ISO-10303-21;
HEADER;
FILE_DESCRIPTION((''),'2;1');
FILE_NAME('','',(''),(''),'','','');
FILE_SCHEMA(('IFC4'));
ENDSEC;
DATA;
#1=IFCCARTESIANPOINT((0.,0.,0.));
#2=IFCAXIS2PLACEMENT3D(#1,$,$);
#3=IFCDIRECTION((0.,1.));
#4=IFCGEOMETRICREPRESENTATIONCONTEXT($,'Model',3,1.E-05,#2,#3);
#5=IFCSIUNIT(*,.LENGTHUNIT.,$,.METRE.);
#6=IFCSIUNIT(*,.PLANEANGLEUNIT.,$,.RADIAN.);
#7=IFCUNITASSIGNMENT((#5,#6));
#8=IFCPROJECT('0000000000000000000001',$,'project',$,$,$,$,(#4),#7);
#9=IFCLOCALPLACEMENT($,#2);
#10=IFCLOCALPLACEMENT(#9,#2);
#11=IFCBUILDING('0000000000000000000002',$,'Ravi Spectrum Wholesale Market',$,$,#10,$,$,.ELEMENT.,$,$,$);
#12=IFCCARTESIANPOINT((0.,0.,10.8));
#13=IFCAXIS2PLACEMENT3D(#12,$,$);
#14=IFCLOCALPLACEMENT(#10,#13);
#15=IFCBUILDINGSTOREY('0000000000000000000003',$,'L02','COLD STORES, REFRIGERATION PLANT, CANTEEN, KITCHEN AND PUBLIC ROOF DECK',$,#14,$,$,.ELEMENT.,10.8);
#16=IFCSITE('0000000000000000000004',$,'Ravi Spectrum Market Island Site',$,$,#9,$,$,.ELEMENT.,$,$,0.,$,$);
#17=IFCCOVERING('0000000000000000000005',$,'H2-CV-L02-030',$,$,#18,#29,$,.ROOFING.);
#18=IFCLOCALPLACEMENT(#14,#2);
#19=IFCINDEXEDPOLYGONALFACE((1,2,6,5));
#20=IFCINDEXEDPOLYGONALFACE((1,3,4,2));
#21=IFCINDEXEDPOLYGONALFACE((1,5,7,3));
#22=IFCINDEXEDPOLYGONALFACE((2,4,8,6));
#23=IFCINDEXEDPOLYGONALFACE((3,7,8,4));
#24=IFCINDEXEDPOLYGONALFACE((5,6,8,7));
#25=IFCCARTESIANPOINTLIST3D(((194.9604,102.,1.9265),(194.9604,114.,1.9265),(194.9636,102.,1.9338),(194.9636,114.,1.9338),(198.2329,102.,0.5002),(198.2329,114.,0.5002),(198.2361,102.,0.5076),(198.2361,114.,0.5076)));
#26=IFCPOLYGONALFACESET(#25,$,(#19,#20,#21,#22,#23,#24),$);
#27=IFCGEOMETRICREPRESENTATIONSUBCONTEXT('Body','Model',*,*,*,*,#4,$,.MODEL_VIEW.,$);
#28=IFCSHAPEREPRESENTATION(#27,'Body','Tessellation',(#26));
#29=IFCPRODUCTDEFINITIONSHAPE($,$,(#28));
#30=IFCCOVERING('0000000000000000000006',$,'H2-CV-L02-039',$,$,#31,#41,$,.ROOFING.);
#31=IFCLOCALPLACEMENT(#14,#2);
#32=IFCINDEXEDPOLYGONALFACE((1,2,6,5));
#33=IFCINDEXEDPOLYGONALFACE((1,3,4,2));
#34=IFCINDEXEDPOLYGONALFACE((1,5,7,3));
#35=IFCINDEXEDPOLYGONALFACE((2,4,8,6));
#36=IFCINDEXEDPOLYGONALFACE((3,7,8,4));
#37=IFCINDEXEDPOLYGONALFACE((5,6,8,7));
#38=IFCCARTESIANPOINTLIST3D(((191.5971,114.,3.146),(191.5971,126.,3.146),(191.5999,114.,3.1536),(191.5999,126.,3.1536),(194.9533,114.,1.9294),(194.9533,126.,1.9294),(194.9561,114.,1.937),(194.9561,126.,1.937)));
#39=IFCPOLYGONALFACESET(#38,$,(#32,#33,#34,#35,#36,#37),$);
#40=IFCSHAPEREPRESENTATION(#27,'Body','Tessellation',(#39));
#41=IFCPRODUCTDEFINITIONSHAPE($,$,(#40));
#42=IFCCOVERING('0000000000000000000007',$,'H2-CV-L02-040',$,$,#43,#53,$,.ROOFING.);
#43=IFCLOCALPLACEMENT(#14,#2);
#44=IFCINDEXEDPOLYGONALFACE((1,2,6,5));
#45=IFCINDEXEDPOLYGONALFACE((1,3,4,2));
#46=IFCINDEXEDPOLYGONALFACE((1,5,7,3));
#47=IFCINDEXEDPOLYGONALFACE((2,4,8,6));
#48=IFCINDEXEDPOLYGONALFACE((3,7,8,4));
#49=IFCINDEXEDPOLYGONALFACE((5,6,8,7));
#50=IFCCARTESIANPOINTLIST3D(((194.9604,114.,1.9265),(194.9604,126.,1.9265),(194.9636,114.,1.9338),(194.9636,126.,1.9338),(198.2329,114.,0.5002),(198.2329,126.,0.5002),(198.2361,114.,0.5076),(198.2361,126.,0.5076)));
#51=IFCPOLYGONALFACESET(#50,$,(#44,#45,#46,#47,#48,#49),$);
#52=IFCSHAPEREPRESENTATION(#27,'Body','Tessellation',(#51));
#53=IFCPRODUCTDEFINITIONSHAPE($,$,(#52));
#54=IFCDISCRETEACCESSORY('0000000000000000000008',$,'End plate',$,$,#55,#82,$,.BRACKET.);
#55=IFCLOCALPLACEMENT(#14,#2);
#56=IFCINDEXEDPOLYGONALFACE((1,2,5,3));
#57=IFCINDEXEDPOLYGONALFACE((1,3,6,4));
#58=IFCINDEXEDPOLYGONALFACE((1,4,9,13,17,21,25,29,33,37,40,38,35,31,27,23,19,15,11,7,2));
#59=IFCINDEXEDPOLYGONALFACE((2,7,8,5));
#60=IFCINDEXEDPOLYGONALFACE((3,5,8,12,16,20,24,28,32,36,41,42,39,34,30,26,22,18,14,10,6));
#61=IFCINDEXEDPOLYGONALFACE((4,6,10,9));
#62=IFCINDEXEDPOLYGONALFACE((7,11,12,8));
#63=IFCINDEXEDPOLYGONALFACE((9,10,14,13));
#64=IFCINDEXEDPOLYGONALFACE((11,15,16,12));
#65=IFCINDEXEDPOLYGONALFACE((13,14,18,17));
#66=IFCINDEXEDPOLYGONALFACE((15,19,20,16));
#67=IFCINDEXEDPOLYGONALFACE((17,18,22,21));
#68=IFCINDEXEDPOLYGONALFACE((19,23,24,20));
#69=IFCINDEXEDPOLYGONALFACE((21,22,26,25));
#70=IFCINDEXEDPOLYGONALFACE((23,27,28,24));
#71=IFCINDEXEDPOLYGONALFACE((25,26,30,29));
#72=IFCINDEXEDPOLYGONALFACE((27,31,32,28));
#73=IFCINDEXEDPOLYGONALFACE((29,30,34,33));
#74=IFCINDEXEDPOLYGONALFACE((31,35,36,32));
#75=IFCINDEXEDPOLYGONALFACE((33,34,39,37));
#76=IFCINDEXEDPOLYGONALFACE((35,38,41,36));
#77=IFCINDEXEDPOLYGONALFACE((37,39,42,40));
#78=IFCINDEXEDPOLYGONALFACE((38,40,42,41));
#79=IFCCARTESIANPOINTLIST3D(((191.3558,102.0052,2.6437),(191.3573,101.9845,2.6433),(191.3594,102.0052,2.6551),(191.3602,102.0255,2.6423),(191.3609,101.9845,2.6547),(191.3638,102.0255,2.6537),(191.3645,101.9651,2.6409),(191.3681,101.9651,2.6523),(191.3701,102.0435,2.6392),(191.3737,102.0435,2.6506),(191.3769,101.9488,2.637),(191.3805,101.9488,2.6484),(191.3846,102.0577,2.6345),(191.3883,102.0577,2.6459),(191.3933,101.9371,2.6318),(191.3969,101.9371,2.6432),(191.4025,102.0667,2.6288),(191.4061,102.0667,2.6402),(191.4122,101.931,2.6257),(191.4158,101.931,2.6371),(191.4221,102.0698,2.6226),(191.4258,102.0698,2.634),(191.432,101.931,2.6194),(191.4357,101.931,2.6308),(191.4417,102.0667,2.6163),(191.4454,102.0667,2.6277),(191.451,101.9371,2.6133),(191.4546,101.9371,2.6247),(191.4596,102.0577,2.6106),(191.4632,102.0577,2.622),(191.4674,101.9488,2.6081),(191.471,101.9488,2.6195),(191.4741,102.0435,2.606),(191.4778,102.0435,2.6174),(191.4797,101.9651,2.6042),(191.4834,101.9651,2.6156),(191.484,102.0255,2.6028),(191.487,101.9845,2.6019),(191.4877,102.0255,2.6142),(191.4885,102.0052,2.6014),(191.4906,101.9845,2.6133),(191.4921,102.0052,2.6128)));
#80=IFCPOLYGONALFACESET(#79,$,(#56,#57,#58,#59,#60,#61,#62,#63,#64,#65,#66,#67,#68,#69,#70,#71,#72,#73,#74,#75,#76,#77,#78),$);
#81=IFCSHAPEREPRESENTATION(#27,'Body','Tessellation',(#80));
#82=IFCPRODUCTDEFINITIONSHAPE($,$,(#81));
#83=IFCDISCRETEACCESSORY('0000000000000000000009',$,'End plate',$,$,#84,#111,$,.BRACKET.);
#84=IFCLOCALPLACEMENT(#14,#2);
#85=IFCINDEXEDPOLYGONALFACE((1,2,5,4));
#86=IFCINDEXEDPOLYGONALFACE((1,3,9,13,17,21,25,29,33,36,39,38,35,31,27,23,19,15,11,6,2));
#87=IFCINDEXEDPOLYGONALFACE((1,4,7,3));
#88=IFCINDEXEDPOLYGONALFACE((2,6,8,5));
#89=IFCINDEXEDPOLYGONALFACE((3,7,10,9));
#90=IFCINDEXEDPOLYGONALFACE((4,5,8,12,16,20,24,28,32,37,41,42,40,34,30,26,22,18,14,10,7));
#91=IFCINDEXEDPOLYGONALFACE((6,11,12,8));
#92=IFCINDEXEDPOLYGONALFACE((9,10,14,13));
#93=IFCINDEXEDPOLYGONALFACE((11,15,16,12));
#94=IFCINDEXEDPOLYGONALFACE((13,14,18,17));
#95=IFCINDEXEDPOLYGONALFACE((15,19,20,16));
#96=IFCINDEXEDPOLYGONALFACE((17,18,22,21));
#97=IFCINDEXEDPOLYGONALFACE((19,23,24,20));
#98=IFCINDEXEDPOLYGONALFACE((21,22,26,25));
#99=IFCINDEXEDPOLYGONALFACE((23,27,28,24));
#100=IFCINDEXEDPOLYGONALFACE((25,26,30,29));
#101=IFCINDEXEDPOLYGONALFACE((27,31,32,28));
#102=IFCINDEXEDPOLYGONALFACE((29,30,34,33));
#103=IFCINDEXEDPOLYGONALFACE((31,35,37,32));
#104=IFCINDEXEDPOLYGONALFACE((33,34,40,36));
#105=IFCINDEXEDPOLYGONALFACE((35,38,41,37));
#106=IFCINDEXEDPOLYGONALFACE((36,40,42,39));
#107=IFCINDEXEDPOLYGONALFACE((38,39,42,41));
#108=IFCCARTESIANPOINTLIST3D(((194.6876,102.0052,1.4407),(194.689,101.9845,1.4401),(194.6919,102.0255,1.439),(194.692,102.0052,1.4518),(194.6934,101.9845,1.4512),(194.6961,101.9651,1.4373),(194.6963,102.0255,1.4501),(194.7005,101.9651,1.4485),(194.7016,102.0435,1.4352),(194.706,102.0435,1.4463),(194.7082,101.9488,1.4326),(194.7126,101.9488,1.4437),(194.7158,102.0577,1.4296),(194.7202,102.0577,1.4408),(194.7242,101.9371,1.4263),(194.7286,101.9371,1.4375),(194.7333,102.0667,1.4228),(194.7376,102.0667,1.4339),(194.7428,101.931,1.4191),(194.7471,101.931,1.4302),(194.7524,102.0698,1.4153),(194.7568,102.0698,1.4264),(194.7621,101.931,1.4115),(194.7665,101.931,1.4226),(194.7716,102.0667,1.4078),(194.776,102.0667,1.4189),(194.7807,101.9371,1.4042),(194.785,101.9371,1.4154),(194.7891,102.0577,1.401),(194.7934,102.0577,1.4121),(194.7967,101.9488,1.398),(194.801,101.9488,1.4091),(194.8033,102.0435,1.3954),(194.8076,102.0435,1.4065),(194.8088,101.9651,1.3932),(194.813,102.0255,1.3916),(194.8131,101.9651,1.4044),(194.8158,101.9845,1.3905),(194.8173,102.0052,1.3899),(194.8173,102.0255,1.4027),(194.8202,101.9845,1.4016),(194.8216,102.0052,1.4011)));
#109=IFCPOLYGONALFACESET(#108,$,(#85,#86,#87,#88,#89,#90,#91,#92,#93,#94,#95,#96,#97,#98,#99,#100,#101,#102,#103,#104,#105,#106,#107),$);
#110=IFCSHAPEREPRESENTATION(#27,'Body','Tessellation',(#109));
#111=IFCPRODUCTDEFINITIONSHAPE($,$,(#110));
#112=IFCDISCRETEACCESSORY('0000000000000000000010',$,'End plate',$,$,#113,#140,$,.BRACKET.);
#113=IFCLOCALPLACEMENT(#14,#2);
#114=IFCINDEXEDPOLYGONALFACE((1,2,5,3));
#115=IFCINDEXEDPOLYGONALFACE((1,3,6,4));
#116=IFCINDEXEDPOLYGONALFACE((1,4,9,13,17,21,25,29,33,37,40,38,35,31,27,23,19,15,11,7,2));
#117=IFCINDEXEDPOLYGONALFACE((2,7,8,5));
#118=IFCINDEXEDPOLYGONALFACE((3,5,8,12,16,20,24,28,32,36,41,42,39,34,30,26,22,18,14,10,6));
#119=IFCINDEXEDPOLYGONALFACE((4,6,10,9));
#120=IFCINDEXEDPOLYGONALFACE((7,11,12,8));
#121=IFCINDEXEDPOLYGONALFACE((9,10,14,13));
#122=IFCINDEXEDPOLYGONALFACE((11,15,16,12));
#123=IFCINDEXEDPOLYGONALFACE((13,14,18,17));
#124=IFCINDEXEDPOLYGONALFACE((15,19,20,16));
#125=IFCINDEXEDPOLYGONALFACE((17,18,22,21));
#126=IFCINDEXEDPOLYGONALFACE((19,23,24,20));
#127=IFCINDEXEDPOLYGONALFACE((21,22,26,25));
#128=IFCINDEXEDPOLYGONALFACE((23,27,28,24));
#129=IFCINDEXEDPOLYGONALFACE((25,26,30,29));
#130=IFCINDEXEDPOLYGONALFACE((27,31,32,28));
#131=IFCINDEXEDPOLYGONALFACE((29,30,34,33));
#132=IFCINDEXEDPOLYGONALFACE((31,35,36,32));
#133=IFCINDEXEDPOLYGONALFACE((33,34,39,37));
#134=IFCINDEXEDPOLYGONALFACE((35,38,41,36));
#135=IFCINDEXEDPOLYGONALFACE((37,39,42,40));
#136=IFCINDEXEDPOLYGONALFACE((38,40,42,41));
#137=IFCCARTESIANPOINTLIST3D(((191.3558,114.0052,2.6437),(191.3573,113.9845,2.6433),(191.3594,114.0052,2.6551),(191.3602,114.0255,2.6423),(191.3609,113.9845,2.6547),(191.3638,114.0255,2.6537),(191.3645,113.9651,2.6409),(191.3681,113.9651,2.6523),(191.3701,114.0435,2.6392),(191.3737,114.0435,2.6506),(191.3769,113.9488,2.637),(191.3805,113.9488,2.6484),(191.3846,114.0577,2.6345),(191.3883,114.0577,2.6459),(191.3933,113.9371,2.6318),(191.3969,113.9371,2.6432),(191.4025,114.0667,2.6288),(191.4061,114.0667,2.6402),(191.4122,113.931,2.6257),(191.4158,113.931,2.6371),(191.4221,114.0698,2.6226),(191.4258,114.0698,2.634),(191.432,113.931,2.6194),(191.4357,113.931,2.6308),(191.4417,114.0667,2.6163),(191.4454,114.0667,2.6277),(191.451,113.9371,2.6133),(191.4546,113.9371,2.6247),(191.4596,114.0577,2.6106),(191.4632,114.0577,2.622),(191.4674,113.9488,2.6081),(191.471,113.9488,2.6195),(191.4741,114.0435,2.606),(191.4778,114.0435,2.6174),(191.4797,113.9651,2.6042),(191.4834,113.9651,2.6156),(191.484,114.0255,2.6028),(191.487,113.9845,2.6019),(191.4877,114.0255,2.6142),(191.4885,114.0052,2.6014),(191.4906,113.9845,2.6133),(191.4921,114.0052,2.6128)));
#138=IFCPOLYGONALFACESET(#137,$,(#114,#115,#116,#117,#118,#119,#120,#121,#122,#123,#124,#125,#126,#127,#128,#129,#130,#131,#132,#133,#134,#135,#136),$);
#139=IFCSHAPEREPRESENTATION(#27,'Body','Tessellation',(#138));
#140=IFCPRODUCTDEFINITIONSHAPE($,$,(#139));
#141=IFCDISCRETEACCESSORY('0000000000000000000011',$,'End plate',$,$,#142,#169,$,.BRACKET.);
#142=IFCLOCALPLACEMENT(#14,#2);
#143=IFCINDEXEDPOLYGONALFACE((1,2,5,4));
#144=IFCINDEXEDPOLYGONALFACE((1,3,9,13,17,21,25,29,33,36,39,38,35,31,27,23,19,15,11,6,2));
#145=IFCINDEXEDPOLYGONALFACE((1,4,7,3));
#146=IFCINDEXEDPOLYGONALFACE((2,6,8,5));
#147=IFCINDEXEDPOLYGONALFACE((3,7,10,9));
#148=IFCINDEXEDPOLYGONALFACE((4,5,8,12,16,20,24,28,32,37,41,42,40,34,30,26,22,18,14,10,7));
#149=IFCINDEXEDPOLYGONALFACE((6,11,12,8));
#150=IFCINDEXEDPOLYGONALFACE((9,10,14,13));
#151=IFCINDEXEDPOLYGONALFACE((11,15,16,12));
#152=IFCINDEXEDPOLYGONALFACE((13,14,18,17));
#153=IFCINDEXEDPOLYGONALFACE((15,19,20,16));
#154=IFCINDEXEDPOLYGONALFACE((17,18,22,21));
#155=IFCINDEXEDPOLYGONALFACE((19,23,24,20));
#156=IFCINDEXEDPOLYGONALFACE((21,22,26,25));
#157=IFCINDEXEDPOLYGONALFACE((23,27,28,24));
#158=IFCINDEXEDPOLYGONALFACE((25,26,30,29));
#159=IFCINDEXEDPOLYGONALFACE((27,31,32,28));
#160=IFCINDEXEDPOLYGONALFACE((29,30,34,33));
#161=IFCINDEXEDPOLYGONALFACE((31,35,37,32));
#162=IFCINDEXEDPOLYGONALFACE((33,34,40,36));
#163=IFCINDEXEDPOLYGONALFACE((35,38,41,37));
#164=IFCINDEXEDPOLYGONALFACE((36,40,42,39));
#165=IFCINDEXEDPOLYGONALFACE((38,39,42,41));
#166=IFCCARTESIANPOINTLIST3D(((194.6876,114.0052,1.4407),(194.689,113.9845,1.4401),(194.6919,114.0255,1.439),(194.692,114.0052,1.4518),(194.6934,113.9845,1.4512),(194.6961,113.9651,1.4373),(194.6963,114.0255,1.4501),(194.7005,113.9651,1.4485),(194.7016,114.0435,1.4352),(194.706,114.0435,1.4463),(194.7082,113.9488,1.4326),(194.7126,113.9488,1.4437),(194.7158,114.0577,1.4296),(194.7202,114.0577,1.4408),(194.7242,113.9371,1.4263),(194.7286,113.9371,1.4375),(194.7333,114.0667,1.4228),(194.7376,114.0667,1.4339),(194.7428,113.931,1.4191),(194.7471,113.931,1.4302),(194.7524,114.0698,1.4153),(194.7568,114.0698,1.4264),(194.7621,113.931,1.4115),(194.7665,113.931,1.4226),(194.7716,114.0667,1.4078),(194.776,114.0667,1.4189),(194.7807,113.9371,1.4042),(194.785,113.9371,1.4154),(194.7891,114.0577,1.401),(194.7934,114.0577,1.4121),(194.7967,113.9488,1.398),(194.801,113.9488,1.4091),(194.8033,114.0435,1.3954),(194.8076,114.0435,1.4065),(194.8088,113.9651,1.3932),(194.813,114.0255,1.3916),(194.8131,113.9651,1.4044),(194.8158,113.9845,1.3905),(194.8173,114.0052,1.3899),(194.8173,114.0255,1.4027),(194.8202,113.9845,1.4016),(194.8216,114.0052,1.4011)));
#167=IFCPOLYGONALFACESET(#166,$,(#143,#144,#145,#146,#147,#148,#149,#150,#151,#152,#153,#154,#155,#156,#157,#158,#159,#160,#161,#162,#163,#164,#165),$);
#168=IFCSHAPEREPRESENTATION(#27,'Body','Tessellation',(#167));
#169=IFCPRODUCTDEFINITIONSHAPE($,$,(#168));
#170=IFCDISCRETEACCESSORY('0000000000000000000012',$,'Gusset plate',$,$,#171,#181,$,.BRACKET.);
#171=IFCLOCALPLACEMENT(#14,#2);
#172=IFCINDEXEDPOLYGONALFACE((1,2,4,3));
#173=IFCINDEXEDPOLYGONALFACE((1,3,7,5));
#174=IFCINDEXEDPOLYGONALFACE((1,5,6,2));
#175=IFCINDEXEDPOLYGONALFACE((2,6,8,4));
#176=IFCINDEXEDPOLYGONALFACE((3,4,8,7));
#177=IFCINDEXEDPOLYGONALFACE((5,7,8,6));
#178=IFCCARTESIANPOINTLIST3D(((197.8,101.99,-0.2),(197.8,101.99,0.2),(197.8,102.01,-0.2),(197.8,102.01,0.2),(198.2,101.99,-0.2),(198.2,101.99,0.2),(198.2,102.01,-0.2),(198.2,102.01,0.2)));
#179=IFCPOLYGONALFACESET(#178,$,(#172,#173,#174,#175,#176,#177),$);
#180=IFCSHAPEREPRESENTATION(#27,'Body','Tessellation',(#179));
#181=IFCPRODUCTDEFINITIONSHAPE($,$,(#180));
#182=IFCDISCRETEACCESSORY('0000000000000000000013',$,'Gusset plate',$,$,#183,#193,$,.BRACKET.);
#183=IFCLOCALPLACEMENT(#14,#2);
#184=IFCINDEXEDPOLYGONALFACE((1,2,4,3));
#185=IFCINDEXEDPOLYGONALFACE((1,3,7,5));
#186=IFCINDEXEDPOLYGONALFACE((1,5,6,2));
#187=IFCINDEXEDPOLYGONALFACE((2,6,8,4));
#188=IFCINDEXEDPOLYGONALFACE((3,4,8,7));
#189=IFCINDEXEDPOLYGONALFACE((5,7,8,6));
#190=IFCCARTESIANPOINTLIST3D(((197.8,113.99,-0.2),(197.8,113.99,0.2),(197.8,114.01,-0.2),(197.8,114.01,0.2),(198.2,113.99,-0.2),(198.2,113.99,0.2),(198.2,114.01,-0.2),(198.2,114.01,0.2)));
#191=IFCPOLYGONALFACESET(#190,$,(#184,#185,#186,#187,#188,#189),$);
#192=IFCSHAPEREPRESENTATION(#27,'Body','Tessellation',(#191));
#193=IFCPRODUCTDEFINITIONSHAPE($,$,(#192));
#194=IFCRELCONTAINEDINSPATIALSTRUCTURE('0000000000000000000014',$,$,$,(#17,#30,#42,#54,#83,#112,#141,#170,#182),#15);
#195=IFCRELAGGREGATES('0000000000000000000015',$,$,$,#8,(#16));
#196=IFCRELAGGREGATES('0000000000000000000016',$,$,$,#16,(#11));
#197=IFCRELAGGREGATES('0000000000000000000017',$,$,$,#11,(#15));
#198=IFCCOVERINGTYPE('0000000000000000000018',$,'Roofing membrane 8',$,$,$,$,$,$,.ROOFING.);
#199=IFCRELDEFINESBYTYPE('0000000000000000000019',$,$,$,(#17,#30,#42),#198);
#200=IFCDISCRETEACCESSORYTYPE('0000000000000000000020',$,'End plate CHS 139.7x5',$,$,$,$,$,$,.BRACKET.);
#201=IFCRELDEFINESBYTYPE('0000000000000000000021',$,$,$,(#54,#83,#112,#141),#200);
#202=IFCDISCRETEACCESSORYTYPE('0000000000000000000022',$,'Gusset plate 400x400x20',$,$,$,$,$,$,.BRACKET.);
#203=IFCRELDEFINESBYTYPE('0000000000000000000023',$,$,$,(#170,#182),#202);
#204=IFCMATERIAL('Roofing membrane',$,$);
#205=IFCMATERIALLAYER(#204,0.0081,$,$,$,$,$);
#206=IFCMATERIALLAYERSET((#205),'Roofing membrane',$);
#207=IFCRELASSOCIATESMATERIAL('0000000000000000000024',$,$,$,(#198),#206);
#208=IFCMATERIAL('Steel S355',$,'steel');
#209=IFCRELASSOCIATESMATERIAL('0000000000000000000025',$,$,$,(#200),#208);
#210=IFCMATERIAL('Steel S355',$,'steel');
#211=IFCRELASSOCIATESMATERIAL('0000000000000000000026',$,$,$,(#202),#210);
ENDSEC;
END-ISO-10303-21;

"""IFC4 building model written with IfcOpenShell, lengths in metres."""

from ifc_helpers import new_model, si_unit, direction, frame, origin, origin_2d, place, context, subcontext, project, spatial, polyline, rectangle, circle, outline, extrude, material, layer, layer_set, material_profile, profile_set, type_object, element, save


model = new_model("IFC4")

# Units and contexts
model_context = context("Model", 3, precision=1e-05, world=origin(), true_north=direction((0.0, 1.0)))
body_context = subcontext(model_context, "Body", "Model", "MODEL_VIEW")
ifc_project = project(units=[si_unit("LENGTHUNIT", "METRE"), si_unit("PLANEANGLEUNIT", "RADIAN")], contexts=[model_context])

# Site, building, storey
site_placement = place(None, origin())
site = spatial("IfcSite", under=ifc_project, at=site_placement, Name="Ravi Spectrum Market Island Site", CompositionType="ELEMENT", RefElevation=0.0)
building_placement = place(site_placement, origin())
building = spatial("IfcBuilding", under=site, at=building_placement, Name="Ravi Spectrum Wholesale Market", CompositionType="ELEMENT")
storey_placement = place(building_placement, frame((0.0, 0.0, 10.8)))
storey = spatial("IfcBuildingStorey", under=building, at=storey_placement, Name="L02", Description="COLD STORES, REFRIGERATION PLANT, CANTEEN, KITCHEN AND PUBLIC ROOF DECK", CompositionType="ELEMENT", Elevation=10.8)

# Coverings
ifc_material_1 = material(Name="Roofing membrane")
ifc_layer_1 = layer(ifc_material_1, 0.0081)
ifc_layer_set_1 = layer_set([ifc_layer_1], Name="Roofing membrane")
covering_type = type_object("IfcCoveringType", Name="Roofing membrane 8", PredefinedType="ROOFING", material=ifc_layer_set_1)
covering_1_placement = place(storey_placement, frame((194.9636, 102.0, 1.9338), z_axis=(0.399541, 0.0, 0.916715), x_axis=(0.916715, 0.0, -0.399541)))
element("IfcCovering", 1, at=covering_1_placement, inside=storey, type_object=covering_type, Name="H2-CV-L02-030", PredefinedType="ROOFING", context=body_context, shape_type="SweptSolid", body=[
    extrude(outline(polyline([(0.0, 0.0), (3.5698, 0.0), (3.5698, 12.0), (0.0, 12.0), (0.0, 0.0)])), origin(), (0.0, 0.0, -1.0), 0.0081),
])
covering_2_placement = place(storey_placement, frame((191.5999, 114.0, 3.1536), z_axis=(0.340782, 0.0, 0.940142), x_axis=(0.940142, 0.0, -0.340782)))
element("IfcCovering", 2, at=covering_2_placement, inside=storey, type_object=covering_type, Name="H2-CV-L02-039", PredefinedType="ROOFING", context=body_context, shape_type="SweptSolid", body=[
    extrude(outline(polyline([(0.0, 0.0), (3.5699, 0.0), (3.5699, 12.0), (0.0, 12.0), (0.0, 0.0)])), origin(), (0.0, 0.0, -1.0), 0.0081),
])
covering_3_placement = place(storey_placement, frame((194.9636, 114.0, 1.9338), z_axis=(0.399541, 0.0, 0.916715), x_axis=(0.916715, 0.0, -0.399541)))
element("IfcCovering", 3, at=covering_3_placement, inside=storey, type_object=covering_type, Name="H2-CV-L02-040", PredefinedType="ROOFING", context=body_context, shape_type="SweptSolid", body=[
    extrude(outline(polyline([(0.0, 0.0), (3.5698, 0.0), (3.5698, 12.0), (0.0, 12.0), (0.0, 0.0)])), origin(), (0.0, 0.0, -1.0), 0.0081),
])

# Discrete accessories
ifc_material_2 = material(Name="Steel S355", Category="steel")
ifc_material_profile_1 = material_profile(ifc_material_2, circle(Radius=0.0698, at=origin_2d()))
ifc_profile_set_1 = profile_set([ifc_material_profile_1], Name="Steel S355")
discrete_accessory_type_1 = type_object("IfcDiscreteAccessoryType", Name="End plate CHS 139.7x5", PredefinedType="BRACKET", material=ifc_profile_set_1)
for number, where, z_axis, x_axis, name in (
    (4, (191.4221, 102.0, 2.6226), (0.30404, 0.0, 0.952659), (0.0, 1.0, 0.0), "End plate"),
    (5, (194.7524, 102.0, 1.4153), (0.364399, 0.0, 0.931243), (0.0, 1.0, 0.0), "End plate"),
    (6, (191.4221, 114.0, 2.6226), (0.30404, 0.0, 0.952659), (0.0, 1.0, 0.0), "End plate"),
    (7, (194.7524, 114.0, 1.4153), (0.364399, 0.0, 0.931243), (0.0, 1.0, 0.0), "End plate"),
):
    element("IfcDiscreteAccessory", number, at=place(storey_placement, frame(where, z_axis=z_axis, x_axis=x_axis)), inside=storey, type_object=discrete_accessory_type_1, Name=name, PredefinedType="BRACKET", context=body_context, shape_type="SweptSolid", body=[
        extrude(circle(Radius=0.0698, at=origin_2d()), origin(), (0.0, 0.0, 1.0), 0.012),
    ])
ifc_material_3 = material(Name="Steel S355", Category="steel")
ifc_material_profile_2 = material_profile(ifc_material_3, rectangle(XDim=0.3999, YDim=0.02, at=origin_2d()))
ifc_profile_set_2 = profile_set([ifc_material_profile_2], Name="Steel S355")
discrete_accessory_type_2 = type_object("IfcDiscreteAccessoryType", Name="Gusset plate 400x400x20", PredefinedType="BRACKET", material=ifc_profile_set_2)
for number, where, z_axis, x_axis, name in (
    (8, (198.0, 102.0, -0.2), (0.0, 0.0, 1.0), (1.0, 0.0, 0.0), "Gusset plate"),
    (9, (198.0, 114.0, -0.2), (0.0, 0.0, 1.0), (1.0, 0.0, 0.0), "Gusset plate"),
):
    element("IfcDiscreteAccessory", number, at=place(storey_placement, frame(where, z_axis=z_axis, x_axis=x_axis)), inside=storey, type_object=discrete_accessory_type_2, Name=name, PredefinedType="BRACKET", context=body_context, shape_type="SweptSolid", body=[
        extrude(rectangle(XDim=0.3999, YDim=0.02, at=origin_2d()), origin(), (0.0, 0.0, 1.0), 0.3999),
    ])

save(model, "model.ifc")
